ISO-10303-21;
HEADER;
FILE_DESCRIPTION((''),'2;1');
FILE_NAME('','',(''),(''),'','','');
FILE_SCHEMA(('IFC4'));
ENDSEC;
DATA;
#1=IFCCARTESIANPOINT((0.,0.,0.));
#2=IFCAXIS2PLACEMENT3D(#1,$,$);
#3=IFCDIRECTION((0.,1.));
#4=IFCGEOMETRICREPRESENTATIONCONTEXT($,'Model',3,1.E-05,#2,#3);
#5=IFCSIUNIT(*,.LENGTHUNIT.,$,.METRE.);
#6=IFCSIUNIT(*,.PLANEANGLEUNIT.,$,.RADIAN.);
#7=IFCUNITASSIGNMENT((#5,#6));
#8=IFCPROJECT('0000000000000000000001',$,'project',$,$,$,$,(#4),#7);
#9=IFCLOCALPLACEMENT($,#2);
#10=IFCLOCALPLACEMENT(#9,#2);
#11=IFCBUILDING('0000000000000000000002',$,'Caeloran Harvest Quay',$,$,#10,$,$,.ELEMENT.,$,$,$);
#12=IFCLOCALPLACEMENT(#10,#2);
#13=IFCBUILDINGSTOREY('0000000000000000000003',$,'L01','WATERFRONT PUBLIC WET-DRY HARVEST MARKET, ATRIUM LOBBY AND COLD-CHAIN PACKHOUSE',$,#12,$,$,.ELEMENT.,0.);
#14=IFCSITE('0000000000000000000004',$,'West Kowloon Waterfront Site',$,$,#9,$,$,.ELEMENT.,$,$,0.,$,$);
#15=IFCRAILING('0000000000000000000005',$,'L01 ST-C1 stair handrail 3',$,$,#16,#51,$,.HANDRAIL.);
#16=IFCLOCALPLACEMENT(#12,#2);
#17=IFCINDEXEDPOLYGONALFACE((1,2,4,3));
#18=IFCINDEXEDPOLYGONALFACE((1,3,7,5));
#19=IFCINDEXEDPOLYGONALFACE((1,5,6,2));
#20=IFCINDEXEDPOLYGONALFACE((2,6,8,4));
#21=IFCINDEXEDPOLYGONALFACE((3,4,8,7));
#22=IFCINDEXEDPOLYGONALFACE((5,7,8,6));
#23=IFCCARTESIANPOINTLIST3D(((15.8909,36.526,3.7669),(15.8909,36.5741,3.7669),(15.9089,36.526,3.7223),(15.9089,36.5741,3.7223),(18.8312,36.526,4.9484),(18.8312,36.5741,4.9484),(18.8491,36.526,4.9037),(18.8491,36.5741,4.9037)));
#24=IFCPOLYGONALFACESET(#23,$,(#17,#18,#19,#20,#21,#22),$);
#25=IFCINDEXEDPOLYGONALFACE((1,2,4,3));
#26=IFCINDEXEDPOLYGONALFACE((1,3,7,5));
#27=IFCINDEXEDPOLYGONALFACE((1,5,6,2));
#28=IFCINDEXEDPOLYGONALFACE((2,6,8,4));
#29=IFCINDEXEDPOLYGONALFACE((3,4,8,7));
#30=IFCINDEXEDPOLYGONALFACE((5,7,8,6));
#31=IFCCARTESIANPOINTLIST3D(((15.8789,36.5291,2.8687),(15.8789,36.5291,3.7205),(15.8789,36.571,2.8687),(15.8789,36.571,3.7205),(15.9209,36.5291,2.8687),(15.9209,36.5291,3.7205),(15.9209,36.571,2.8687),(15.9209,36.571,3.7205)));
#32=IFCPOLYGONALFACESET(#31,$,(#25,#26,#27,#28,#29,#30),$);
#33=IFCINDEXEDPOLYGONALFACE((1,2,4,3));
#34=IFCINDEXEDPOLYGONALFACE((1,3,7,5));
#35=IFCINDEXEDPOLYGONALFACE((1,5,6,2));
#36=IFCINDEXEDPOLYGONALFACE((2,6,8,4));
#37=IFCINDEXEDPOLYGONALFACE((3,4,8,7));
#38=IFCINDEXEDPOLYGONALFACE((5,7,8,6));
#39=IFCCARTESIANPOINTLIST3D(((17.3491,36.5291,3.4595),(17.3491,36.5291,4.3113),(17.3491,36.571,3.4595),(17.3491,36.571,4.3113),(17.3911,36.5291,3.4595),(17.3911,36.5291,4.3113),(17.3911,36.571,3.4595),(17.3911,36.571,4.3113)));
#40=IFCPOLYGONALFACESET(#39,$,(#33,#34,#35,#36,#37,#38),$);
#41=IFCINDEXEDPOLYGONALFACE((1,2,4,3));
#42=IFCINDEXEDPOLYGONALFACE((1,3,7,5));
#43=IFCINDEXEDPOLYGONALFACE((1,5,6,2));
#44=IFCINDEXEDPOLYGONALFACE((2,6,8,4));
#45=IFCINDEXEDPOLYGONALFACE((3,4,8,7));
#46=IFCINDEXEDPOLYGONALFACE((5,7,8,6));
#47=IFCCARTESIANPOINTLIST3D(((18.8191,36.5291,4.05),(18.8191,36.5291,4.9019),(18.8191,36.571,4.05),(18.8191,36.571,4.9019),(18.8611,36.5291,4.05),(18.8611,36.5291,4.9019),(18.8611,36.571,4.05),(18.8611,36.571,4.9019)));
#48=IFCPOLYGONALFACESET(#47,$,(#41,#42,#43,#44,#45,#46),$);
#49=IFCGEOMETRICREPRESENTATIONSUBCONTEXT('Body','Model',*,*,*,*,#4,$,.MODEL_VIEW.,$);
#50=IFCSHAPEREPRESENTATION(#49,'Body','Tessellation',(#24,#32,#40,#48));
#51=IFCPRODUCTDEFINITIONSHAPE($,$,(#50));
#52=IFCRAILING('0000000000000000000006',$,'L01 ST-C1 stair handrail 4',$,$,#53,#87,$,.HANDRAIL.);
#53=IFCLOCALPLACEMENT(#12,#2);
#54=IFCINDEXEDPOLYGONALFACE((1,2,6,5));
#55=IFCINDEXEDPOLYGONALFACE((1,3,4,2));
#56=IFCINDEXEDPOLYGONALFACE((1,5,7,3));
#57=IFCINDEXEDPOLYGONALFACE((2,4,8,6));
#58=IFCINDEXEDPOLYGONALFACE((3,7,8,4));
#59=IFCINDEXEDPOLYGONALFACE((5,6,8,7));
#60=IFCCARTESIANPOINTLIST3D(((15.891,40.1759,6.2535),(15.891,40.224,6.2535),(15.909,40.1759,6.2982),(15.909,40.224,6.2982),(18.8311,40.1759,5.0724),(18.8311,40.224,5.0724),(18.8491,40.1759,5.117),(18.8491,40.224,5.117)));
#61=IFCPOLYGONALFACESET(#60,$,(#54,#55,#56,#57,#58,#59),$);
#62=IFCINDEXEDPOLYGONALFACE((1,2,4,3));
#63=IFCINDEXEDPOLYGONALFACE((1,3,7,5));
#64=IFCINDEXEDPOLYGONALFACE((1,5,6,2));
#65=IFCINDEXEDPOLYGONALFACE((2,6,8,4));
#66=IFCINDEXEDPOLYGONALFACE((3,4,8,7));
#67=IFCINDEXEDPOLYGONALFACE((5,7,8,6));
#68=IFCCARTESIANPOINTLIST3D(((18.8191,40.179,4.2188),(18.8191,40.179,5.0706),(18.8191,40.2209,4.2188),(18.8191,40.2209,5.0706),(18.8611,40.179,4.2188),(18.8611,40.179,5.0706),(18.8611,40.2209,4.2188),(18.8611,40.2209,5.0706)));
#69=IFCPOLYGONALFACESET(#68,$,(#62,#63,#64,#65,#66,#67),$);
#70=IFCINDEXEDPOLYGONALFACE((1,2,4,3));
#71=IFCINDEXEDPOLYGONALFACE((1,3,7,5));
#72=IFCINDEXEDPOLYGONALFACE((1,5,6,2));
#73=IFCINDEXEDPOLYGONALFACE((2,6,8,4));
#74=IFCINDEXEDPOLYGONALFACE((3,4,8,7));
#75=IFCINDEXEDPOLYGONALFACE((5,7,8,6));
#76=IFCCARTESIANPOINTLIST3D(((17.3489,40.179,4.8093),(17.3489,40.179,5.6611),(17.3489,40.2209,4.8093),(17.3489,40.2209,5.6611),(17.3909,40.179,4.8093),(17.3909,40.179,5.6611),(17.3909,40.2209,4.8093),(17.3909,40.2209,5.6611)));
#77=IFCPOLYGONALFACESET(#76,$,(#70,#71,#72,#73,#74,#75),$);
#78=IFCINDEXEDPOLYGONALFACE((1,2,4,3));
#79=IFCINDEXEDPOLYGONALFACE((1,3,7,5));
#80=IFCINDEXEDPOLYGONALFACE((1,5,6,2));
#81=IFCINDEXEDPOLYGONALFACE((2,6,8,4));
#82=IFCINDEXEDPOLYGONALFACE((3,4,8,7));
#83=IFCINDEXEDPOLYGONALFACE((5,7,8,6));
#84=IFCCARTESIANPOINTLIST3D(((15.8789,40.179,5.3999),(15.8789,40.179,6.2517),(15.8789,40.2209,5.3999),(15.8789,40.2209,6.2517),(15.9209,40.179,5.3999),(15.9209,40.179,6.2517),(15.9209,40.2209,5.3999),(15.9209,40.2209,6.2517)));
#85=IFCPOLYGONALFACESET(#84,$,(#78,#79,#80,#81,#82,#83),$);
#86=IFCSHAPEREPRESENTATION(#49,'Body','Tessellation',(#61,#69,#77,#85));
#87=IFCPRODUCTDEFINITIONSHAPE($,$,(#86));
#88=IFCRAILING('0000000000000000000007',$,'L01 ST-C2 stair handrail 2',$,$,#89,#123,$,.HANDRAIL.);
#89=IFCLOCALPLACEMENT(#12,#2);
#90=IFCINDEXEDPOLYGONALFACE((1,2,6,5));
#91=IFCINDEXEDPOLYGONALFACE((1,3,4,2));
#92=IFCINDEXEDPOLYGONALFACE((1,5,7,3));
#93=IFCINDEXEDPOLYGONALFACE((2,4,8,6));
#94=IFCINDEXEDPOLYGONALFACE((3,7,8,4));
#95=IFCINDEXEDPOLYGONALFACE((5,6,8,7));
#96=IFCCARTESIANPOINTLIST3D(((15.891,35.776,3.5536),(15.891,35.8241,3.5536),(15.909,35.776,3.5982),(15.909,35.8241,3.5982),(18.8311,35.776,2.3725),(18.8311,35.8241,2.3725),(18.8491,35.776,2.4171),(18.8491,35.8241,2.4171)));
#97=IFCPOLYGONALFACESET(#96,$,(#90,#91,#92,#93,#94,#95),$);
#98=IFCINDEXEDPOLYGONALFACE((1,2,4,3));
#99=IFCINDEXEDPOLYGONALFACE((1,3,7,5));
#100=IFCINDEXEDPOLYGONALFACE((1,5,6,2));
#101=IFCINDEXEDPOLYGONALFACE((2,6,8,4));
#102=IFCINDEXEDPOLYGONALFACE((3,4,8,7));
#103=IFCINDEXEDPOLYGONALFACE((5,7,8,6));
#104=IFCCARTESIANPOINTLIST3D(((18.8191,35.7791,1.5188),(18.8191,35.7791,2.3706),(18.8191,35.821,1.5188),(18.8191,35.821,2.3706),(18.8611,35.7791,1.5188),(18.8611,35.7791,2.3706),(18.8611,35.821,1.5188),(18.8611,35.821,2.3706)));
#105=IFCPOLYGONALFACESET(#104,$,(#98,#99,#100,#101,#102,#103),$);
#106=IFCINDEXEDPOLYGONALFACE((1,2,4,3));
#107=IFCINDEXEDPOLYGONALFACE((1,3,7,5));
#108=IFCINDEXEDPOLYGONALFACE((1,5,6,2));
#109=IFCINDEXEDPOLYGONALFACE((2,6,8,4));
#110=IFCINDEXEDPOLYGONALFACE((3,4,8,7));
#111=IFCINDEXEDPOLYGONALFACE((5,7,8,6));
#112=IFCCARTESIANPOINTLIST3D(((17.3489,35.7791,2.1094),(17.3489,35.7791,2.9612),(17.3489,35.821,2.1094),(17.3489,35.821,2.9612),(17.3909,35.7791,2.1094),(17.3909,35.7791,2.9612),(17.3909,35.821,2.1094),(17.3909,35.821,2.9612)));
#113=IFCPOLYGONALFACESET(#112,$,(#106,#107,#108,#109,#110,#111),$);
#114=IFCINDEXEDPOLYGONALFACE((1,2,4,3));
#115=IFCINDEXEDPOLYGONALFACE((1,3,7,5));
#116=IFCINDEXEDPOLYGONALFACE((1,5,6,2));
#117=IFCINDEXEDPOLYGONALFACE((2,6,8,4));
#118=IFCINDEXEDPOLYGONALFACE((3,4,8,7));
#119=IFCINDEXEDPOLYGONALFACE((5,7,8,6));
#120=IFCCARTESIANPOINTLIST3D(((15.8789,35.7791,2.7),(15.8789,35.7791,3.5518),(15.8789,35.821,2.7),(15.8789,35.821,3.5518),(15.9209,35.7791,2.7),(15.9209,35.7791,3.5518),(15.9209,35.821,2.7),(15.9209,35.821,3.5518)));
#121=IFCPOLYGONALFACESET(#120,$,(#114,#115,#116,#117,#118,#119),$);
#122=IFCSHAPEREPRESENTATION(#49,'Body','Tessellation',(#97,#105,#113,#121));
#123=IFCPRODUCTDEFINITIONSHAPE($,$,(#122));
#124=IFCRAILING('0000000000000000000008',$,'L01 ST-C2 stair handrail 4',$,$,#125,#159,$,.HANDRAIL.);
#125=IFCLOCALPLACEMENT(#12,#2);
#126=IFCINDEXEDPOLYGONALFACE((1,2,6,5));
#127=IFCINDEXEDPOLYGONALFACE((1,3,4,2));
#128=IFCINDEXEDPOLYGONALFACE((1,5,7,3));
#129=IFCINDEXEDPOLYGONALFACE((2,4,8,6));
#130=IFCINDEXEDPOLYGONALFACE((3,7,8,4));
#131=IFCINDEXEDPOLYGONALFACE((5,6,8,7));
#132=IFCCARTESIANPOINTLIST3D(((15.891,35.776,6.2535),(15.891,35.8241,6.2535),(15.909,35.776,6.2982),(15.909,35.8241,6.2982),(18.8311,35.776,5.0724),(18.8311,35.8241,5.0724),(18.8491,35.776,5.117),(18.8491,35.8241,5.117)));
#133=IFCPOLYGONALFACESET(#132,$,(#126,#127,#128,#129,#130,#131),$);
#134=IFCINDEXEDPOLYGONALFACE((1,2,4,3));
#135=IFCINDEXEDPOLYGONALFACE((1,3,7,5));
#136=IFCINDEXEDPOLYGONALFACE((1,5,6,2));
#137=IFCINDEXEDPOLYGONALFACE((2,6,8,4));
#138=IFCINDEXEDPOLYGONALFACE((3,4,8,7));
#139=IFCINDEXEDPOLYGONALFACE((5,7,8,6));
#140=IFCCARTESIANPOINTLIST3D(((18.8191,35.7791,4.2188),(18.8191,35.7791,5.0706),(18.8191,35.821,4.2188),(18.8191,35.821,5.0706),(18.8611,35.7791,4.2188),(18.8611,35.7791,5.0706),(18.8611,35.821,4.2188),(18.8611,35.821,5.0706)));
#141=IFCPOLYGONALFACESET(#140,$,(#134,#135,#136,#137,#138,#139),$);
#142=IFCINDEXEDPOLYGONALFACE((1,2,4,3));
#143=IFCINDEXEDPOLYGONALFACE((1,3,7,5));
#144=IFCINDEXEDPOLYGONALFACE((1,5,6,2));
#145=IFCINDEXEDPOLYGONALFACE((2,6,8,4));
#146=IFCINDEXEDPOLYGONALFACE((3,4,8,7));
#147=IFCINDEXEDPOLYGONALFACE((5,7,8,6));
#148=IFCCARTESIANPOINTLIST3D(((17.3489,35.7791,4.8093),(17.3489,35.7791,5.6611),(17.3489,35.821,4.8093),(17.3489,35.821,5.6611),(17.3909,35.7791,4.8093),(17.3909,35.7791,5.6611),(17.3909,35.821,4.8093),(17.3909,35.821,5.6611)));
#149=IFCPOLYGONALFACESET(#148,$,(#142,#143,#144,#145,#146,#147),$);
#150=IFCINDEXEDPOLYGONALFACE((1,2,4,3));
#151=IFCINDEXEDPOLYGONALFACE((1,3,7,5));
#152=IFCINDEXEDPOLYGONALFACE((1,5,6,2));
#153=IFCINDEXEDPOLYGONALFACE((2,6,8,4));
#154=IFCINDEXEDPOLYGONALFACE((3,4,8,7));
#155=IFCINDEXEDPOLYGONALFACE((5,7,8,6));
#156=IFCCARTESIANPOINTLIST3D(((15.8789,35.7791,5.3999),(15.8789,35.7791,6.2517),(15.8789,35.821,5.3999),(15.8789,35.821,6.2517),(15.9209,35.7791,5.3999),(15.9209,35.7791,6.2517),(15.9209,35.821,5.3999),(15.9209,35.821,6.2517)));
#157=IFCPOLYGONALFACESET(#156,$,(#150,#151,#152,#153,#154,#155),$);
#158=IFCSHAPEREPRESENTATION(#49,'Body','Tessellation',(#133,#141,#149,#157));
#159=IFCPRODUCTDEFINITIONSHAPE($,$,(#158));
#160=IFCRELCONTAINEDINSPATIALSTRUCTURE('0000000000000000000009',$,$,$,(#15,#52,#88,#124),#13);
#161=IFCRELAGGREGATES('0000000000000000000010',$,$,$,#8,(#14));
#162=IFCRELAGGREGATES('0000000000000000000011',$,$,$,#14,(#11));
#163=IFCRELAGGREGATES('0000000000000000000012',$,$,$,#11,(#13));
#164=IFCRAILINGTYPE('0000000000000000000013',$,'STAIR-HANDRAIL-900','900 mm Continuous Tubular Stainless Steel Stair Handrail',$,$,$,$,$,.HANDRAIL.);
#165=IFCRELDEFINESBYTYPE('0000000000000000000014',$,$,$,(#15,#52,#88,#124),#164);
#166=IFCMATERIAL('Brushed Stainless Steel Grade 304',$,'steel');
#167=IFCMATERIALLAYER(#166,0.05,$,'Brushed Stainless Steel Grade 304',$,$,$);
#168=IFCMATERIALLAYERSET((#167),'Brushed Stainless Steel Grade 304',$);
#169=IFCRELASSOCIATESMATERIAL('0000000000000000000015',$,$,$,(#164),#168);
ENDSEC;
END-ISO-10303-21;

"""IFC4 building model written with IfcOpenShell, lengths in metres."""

from ifc_helpers import new_model, si_unit, direction, frame, origin, origin_2d, place, context, subcontext, project, spatial, rectangle, extrude, material, layer, layer_set, type_object, element, save


model = new_model("IFC4")

# Units and contexts
model_context = context("Model", 3, precision=1e-05, world=origin(), true_north=direction((0.0, 1.0)))
body_context = subcontext(model_context, "Body", "Model", "MODEL_VIEW")
ifc_project = project(units=[si_unit("LENGTHUNIT", "METRE"), si_unit("PLANEANGLEUNIT", "RADIAN")], contexts=[model_context])

# Site, building, storey
site_placement = place(None, origin())
site = spatial("IfcSite", under=ifc_project, at=site_placement, Name="West Kowloon Waterfront Site", CompositionType="ELEMENT", RefElevation=0.0)
building_placement = place(site_placement, origin())
building = spatial("IfcBuilding", under=site, at=building_placement, Name="Caeloran Harvest Quay", CompositionType="ELEMENT")
storey_placement = place(building_placement, origin())
storey = spatial("IfcBuildingStorey", under=building, at=storey_placement, Name="L01", Description="WATERFRONT PUBLIC WET-DRY HARVEST MARKET, ATRIUM LOBBY AND COLD-CHAIN PACKHOUSE", CompositionType="ELEMENT", Elevation=0.0)

# Railings
ifc_material_1 = material(Name="Brushed Stainless Steel Grade 304", Category="steel")
ifc_layer_1 = layer(ifc_material_1, 0.05, Name="Brushed Stainless Steel Grade 304")
ifc_layer_set_1 = layer_set([ifc_layer_1], Name="Brushed Stainless Steel Grade 304")
railing_type_1 = type_object("IfcRailingType", Name="STAIR-HANDRAIL-900", Description="900 mm Continuous Tubular Stainless Steel Stair Handrail", PredefinedType="HANDRAIL", material=ifc_layer_set_1)
railing_1_placement = place(storey_placement, frame((15.8999, 36.55, 2.8687)))
element("IfcRailing", 1, at=railing_1_placement, inside=storey, type_object=railing_type_1, Name="L01 ST-C1 stair handrail 3", PredefinedType="HANDRAIL", context=body_context, shape_type="SweptSolid", body=[
    extrude(rectangle(XDim=0.0481, YDim=0.0481, at=origin_2d()), frame((0.0, 0.0, 0.876), z_axis=(0.927896, 0.0, 0.372838), x_axis=(0.0, 1.0, 0.0)), (0.0, 0.0, 1.0), 3.1687),
    extrude(rectangle(XDim=0.042, YDim=0.042, at=origin_2d()), origin(), (0.0, 0.0, 1.0), 0.8518),
    extrude(rectangle(XDim=0.042, YDim=0.042, at=origin_2d()), frame((1.4702, 0.0, 0.5908)), (0.0, 0.0, 1.0), 0.8518),
    extrude(rectangle(XDim=0.042, YDim=0.042, at=origin_2d()), frame((2.9402, 0.0, 1.1814)), (0.0, 0.0, 1.0), 0.8518),
])
for number, where, name in (
    (2, (18.8401, 40.2, 4.2188), "L01 ST-C1 stair handrail 4"),
    (3, (18.8401, 35.8, 1.5188), "L01 ST-C2 stair handrail 2"),
    (4, (18.8401, 35.8, 4.2188), "L01 ST-C2 stair handrail 4"),
):
    element("IfcRailing", number, at=place(storey_placement, frame(where)), inside=storey, type_object=railing_type_1, Name=name, PredefinedType="HANDRAIL", context=body_context, shape_type="SweptSolid", body=[
        extrude(rectangle(XDim=0.0481, YDim=0.0481, at=origin_2d()), frame((0.0, 0.0, 0.876), z_axis=(-0.927923, 0.0, 0.372772), x_axis=(0.0, -1.0, 0.0)), (0.0, 0.0, 1.0), 3.1685),
        extrude(rectangle(XDim=0.042, YDim=0.042, at=origin_2d()), origin(), (0.0, 0.0, 1.0), 0.8518),
        extrude(rectangle(XDim=0.042, YDim=0.042, at=origin_2d()), frame((-1.4702, 0.0, 0.5906)), (0.0, 0.0, 1.0), 0.8518),
        extrude(rectangle(XDim=0.042, YDim=0.042, at=origin_2d()), frame((-2.9402, 0.0, 1.1812)), (0.0, 0.0, 1.0), 0.8518),
    ])

save(model, "model.ifc")
